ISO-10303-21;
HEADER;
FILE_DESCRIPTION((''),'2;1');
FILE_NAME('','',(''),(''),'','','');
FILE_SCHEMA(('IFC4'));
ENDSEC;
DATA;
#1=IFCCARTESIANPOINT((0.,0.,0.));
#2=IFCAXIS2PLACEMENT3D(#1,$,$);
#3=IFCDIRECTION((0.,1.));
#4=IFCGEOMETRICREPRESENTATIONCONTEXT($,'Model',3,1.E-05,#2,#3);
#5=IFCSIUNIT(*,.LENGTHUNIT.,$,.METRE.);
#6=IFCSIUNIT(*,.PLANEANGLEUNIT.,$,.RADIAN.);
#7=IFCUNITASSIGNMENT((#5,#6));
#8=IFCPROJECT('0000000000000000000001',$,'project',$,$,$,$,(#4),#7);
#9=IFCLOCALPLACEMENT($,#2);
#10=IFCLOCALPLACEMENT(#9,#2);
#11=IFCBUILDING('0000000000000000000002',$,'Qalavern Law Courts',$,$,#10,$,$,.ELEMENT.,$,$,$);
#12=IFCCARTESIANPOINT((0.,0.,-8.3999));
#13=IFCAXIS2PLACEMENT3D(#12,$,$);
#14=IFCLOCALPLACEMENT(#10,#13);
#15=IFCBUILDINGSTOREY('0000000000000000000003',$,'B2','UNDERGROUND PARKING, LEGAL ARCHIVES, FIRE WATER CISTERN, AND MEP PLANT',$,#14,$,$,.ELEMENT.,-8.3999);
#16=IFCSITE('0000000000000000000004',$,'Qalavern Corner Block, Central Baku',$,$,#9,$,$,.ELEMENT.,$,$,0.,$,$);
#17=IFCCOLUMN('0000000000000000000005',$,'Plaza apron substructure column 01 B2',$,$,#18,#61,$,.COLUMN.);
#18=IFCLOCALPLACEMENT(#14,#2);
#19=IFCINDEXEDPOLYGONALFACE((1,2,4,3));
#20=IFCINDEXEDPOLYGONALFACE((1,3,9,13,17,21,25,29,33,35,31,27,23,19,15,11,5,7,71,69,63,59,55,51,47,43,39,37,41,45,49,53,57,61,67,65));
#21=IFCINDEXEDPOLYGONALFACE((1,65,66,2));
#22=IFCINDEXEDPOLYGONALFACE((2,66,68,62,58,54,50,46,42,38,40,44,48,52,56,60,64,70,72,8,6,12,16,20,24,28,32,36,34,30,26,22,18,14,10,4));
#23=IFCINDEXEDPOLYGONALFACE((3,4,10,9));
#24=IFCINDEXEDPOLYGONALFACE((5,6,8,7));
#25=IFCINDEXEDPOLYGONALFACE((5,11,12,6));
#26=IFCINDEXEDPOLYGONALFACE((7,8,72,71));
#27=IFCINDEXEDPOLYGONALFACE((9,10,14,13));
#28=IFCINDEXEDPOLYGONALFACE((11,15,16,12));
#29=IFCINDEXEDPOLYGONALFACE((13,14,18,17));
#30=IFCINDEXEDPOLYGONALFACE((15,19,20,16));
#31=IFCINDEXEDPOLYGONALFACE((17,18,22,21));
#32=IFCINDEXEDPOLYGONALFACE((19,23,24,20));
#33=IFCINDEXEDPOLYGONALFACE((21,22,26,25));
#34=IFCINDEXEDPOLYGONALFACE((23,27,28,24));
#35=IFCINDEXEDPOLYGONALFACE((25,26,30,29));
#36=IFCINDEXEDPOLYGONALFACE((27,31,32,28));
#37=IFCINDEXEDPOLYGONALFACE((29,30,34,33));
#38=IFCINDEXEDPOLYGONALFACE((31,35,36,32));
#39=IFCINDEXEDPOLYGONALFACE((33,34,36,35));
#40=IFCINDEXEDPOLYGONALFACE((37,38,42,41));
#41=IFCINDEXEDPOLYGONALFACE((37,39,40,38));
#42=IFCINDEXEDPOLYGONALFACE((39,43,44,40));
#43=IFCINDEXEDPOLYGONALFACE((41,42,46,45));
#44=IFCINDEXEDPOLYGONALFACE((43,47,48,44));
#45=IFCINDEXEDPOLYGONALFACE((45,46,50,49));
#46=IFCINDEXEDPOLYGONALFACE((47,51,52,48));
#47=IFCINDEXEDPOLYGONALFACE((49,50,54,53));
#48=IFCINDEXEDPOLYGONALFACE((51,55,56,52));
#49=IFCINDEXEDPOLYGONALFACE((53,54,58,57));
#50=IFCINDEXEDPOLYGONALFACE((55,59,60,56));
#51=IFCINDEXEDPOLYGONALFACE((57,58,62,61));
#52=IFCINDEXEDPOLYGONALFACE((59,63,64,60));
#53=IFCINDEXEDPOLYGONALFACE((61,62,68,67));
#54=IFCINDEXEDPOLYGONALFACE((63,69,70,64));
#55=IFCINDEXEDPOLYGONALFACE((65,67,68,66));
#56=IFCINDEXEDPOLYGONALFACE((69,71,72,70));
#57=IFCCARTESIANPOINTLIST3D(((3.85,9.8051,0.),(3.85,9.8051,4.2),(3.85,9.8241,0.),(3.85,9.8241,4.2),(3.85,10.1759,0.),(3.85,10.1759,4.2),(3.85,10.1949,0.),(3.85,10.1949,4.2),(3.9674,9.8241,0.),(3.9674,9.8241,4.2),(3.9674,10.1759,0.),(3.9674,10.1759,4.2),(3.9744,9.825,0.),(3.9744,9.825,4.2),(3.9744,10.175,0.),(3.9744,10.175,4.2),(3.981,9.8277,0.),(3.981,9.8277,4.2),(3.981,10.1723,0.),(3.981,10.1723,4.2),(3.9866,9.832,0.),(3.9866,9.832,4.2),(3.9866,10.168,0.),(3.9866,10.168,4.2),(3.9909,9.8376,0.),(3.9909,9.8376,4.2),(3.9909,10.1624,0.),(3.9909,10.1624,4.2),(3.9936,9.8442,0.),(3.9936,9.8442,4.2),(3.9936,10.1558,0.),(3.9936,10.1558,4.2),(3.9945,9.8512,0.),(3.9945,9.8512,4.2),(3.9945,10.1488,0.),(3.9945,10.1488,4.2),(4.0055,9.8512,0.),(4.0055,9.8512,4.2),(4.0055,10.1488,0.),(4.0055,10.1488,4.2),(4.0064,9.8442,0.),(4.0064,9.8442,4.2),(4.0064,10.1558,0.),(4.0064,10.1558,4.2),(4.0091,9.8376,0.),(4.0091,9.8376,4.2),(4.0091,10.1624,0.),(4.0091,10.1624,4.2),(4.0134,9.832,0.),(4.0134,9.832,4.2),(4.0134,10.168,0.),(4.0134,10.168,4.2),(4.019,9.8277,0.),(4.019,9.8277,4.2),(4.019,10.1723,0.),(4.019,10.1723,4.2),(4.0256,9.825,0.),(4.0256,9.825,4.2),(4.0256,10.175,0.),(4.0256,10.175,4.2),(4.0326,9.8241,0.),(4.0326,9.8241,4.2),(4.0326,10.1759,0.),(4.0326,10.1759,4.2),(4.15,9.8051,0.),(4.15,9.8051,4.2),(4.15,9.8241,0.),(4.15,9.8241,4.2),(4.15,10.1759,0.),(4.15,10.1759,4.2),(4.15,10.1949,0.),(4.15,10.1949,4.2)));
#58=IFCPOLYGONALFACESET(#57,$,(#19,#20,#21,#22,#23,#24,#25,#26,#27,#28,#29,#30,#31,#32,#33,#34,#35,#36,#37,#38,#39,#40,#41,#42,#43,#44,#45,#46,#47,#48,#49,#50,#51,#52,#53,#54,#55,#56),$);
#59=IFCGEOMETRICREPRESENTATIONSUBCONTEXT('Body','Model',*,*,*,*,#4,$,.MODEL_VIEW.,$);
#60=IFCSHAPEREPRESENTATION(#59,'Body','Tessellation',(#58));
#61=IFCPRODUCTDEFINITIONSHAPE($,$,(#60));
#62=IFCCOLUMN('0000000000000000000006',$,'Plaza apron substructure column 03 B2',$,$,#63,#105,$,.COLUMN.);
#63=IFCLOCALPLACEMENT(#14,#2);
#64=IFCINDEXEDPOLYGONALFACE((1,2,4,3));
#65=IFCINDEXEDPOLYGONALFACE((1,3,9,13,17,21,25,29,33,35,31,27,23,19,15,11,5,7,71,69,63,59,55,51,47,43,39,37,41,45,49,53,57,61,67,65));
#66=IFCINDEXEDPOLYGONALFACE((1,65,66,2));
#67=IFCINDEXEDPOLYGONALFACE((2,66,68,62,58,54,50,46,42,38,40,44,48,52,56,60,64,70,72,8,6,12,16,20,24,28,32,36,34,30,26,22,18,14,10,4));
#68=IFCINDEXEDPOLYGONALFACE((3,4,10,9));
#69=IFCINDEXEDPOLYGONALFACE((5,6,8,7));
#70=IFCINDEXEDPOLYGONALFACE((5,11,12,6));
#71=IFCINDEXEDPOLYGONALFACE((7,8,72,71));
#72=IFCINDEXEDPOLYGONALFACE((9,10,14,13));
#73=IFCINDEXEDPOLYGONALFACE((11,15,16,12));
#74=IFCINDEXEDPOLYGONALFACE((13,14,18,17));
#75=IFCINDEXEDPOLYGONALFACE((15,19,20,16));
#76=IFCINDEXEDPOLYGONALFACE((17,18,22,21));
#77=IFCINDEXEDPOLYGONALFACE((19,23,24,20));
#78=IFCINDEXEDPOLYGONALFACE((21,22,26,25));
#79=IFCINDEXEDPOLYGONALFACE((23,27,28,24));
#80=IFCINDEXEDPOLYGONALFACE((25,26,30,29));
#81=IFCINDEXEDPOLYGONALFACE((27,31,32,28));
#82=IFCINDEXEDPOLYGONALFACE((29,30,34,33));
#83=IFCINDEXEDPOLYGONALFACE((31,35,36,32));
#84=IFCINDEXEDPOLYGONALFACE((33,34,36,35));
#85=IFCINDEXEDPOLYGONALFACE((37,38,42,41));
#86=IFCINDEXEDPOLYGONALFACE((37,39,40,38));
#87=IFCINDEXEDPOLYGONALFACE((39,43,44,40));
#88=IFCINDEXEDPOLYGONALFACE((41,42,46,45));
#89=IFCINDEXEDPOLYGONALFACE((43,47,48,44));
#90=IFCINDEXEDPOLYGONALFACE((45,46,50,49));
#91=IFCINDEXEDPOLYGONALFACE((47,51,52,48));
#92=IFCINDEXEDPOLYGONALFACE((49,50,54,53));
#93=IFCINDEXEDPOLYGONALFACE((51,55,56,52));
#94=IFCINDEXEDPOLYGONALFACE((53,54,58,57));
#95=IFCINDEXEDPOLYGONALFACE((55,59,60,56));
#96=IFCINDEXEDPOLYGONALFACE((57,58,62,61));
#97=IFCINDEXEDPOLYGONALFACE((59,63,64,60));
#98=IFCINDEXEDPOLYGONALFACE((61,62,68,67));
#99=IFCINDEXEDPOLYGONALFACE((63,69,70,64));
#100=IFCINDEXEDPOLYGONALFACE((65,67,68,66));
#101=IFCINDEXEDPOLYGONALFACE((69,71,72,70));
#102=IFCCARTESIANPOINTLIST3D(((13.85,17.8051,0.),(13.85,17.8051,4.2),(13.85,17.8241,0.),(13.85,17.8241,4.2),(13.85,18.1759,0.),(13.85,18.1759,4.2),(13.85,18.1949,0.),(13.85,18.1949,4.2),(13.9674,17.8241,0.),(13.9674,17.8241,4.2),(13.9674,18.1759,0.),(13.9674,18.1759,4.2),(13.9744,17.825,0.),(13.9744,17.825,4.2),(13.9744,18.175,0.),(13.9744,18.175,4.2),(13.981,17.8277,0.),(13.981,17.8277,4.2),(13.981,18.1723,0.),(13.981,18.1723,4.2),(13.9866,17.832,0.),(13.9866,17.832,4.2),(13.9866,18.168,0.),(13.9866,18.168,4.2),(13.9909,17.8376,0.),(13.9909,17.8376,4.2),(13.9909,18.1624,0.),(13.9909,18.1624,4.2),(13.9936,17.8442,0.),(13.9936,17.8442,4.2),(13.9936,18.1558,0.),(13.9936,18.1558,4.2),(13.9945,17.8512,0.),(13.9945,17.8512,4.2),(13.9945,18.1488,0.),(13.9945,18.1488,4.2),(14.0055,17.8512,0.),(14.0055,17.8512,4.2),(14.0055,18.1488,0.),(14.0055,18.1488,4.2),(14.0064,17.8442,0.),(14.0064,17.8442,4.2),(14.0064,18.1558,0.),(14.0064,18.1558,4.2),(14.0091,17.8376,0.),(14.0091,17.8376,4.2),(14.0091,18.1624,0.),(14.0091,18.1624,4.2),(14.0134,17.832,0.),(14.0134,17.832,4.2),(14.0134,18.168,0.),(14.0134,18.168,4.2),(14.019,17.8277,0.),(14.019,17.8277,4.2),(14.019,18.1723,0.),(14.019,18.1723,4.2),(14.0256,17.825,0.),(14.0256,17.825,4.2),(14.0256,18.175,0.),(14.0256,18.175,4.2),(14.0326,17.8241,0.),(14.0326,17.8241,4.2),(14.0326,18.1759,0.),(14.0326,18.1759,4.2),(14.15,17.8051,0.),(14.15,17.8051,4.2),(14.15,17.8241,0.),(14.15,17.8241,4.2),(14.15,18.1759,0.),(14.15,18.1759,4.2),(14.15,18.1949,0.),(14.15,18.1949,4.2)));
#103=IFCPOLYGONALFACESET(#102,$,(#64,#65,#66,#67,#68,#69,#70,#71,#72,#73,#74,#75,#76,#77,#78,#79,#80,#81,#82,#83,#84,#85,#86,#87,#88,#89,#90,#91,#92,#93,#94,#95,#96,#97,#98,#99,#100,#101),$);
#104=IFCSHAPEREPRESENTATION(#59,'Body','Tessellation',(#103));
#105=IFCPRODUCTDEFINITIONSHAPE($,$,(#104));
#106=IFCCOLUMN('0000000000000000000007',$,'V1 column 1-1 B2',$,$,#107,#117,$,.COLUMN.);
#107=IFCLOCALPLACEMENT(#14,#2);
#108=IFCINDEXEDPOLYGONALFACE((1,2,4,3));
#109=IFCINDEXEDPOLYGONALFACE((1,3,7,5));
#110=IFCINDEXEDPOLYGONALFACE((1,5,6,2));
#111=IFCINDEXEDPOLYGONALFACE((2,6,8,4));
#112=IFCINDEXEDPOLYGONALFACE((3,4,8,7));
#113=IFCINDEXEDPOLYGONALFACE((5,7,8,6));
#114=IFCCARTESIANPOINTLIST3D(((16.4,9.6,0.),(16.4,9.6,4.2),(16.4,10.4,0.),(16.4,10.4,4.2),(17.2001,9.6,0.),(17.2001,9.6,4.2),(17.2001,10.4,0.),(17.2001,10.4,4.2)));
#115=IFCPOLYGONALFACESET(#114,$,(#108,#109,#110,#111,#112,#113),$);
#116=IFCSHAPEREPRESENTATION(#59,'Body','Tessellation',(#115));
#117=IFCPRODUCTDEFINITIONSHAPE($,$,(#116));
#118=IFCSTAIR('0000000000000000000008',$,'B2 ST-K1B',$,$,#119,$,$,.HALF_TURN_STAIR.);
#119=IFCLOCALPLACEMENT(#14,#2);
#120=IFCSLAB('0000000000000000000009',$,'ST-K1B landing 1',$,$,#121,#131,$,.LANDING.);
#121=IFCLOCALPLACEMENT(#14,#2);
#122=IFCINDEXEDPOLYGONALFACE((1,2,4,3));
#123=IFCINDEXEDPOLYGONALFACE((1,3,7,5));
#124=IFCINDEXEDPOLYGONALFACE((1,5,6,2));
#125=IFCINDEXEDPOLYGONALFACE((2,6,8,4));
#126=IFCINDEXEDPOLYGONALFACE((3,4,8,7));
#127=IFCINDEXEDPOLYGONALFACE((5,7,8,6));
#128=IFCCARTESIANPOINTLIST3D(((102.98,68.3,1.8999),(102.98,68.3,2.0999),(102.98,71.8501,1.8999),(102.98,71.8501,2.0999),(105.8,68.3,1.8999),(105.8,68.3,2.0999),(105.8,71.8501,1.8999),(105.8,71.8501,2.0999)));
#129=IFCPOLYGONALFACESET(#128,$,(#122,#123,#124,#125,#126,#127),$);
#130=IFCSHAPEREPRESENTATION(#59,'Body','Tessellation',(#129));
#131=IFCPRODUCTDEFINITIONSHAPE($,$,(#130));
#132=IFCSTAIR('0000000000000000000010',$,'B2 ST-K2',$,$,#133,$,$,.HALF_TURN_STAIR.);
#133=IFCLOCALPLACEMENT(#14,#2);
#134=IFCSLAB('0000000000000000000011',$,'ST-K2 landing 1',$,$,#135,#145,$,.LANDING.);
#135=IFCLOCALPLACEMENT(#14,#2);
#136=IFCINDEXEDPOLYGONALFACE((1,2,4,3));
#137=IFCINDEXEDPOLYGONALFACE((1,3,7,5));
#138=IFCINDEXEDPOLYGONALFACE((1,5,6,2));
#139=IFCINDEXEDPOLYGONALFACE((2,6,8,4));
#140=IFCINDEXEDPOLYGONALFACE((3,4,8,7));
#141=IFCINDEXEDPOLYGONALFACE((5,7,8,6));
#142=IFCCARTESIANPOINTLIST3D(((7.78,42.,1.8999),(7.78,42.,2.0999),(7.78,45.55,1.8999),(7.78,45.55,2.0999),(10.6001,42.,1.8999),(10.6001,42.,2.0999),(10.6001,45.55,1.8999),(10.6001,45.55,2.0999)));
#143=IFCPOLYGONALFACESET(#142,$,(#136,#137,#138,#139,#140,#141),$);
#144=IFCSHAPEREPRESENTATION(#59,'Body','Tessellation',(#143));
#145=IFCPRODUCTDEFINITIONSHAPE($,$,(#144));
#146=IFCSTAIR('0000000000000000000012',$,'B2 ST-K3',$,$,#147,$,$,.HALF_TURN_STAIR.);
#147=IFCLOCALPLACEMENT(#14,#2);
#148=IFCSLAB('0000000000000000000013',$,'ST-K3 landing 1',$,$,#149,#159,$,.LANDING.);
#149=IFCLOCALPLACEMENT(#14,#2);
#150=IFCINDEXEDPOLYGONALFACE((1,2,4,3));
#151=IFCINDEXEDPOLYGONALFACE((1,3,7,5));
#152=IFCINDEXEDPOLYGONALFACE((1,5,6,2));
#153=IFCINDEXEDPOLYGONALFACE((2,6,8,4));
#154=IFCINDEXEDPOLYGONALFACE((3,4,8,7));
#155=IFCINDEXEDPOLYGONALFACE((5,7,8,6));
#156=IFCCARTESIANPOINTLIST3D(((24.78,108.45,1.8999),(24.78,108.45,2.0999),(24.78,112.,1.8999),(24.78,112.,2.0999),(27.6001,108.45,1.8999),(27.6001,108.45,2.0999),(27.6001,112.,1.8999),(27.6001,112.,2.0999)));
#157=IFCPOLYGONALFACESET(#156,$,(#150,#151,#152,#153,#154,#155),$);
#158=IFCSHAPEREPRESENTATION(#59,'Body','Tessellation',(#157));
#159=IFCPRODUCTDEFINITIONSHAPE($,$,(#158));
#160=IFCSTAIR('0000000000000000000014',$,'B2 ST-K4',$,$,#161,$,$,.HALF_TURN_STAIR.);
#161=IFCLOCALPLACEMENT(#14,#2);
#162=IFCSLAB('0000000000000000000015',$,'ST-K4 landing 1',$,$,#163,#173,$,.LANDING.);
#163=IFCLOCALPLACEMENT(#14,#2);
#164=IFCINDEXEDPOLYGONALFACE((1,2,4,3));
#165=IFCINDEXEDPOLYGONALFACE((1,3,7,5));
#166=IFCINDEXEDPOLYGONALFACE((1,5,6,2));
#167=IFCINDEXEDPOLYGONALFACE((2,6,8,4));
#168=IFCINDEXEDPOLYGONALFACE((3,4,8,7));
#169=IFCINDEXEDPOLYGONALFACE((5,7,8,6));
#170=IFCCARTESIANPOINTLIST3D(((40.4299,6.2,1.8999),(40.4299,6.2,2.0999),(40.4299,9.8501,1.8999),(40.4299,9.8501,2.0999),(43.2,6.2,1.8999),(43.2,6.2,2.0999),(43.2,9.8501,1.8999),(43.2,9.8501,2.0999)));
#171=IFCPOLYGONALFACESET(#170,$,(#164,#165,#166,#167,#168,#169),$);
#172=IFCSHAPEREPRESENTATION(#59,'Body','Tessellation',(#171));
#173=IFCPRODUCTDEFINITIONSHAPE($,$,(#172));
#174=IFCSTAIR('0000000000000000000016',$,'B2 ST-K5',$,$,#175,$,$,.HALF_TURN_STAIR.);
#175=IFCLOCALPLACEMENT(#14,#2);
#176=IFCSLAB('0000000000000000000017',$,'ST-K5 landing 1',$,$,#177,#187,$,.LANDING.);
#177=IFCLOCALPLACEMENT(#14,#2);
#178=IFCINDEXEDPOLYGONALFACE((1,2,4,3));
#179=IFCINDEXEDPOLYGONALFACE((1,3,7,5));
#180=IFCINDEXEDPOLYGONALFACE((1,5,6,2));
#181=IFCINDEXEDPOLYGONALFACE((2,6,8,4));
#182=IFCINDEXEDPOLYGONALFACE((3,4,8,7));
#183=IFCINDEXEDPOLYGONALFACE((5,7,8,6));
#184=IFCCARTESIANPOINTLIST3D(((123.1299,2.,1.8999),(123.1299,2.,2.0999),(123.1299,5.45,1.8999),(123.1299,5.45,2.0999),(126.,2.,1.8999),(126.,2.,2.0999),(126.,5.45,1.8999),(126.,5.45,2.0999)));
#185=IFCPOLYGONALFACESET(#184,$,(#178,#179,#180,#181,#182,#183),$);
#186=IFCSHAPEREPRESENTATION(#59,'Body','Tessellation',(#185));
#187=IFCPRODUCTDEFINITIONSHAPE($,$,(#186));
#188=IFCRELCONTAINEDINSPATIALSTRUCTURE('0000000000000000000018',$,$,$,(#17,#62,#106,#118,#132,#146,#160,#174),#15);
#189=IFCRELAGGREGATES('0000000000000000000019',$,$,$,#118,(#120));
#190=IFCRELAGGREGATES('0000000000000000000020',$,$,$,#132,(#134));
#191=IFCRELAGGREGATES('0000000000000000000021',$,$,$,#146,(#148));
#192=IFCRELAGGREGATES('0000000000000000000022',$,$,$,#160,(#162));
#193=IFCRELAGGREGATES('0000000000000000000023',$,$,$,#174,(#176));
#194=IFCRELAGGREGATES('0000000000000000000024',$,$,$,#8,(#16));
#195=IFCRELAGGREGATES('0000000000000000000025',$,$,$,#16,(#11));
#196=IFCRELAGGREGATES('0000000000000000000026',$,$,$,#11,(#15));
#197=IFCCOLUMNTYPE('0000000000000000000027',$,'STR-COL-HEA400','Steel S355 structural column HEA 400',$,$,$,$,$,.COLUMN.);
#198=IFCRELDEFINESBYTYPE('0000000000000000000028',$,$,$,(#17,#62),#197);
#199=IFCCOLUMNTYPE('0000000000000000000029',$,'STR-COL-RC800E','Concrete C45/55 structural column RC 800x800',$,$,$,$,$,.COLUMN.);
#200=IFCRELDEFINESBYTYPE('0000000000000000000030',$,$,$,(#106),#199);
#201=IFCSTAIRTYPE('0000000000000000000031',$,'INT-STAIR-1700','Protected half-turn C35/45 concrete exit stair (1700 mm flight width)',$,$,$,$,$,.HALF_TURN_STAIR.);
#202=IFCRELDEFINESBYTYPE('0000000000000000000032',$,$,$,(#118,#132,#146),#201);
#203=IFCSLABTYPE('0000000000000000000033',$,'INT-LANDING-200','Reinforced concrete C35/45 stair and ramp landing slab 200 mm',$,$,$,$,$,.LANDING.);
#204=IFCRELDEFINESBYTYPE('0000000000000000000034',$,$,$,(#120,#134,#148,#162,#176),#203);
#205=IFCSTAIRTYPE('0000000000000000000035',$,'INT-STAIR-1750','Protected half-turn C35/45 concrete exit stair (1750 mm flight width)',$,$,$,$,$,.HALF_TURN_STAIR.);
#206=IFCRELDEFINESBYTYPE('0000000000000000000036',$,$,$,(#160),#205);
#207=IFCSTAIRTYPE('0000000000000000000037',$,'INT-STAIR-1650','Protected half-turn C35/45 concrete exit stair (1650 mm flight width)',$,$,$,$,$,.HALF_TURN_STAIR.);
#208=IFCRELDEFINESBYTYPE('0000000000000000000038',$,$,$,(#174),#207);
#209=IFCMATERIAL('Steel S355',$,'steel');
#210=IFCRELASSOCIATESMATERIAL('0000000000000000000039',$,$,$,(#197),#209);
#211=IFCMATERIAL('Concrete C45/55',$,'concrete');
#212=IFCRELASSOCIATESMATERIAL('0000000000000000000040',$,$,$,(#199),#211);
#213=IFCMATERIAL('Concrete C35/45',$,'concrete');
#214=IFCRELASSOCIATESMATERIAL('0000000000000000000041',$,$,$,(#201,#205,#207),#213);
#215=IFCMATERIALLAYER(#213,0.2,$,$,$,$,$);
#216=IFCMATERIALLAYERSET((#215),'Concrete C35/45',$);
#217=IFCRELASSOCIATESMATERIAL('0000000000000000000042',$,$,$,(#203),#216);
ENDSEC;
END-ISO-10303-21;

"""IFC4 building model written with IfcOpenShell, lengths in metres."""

from ifc_helpers import new_model, si_unit, direction, frame, origin, origin_2d, place, context, subcontext, project, spatial, polyline, rectangle, i_section, outline, extrude, material, layer, layer_set, material_profile, profile_set, type_object, element, aggregate, save


model = new_model("IFC4")

# Units and contexts
model_context = context("Model", 3, precision=1e-05, world=origin(), true_north=direction((0.0, 1.0)))
body_context = subcontext(model_context, "Body", "Model", "MODEL_VIEW")
ifc_project = project(units=[si_unit("LENGTHUNIT", "METRE"), si_unit("PLANEANGLEUNIT", "RADIAN")], contexts=[model_context])

# Site, building, storey
site_placement = place(None, origin())
site = spatial("IfcSite", under=ifc_project, at=site_placement, Name="Qalavern Corner Block, Central Baku", CompositionType="ELEMENT", RefElevation=0.0)
building_placement = place(site_placement, origin())
building = spatial("IfcBuilding", under=site, at=building_placement, Name="Qalavern Law Courts", CompositionType="ELEMENT")
storey_placement = place(building_placement, frame((0.0, 0.0, -8.3999)))
storey = spatial("IfcBuildingStorey", under=building, at=storey_placement, Name="B2", Description="UNDERGROUND PARKING, LEGAL ARCHIVES, FIRE WATER CISTERN, AND MEP PLANT", CompositionType="ELEMENT", Elevation=-8.3999)

# Shared definitions
ifc_material_1 = material(Name="Concrete C35/45", Category="concrete")

# Columns
ifc_material_2 = material(Name="Steel S355", Category="steel")
ifc_material_profile_1 = material_profile(ifc_material_2, i_section(OverallWidth=0.3, OverallDepth=0.3899, WebThickness=0.011, FlangeThickness=0.019, FilletRadius=0.0271, at=origin_2d()), Name="HEA 400")
ifc_profile_set_1 = profile_set([ifc_material_profile_1], Name="Steel S355")
column_type_1 = type_object("IfcColumnType", Name="STR-COL-HEA400", Description="Steel S355 structural column HEA 400", PredefinedType="COLUMN", material=ifc_profile_set_1)
for number, where, z_axis, x_axis, name in (
    (1, (4.0, 10.0, 0.0), (0.0, 0.0, 1.0), (1.0, 0.0, 0.0), "Plaza apron substructure column 01 B2"),
    (2, (14.0, 18.0, 0.0), (0.0, 0.0, 1.0), (1.0, 0.0, 0.0), "Plaza apron substructure column 03 B2"),
):
    element("IfcColumn", number, at=place(storey_placement, frame(where, z_axis=z_axis, x_axis=x_axis)), inside=storey, type_object=column_type_1, Name=name, PredefinedType="COLUMN", context=body_context, shape_type="SweptSolid", body=[
        extrude(i_section(OverallWidth=0.3, OverallDepth=0.3899, WebThickness=0.011, FlangeThickness=0.019, FilletRadius=0.0271, at=origin_2d()), origin(), (0.0, 0.0, 1.0), 4.2),
    ])
ifc_material_3 = material(Name="Concrete C45/55", Category="concrete")
ifc_material_profile_2 = material_profile(ifc_material_3, rectangle(XDim=0.8, YDim=0.8, at=origin_2d()), Name="RC 800x800")
ifc_profile_set_2 = profile_set([ifc_material_profile_2], Name="Concrete C45/55")
column_type_2 = type_object("IfcColumnType", Name="STR-COL-RC800E", Description="Concrete C45/55 structural column RC 800x800", PredefinedType="COLUMN", material=ifc_profile_set_2)
column_placement = place(storey_placement, frame((16.8, 10.0, 0.0), z_axis=(0.0, 0.0, 1.0), x_axis=(1.0, 0.0, 0.0)))
element("IfcColumn", 3, at=column_placement, inside=storey, type_object=column_type_2, Name="V1 column 1-1 B2", PredefinedType="COLUMN", context=body_context, shape_type="SweptSolid", body=[
    extrude(rectangle(XDim=0.8, YDim=0.8, at=origin_2d()), origin(), (0.0, 0.0, 1.0), 4.2),
])

# Stairs, slabs
stair_type_1 = type_object("IfcStairType", Name="INT-STAIR-1700", Description="Protected half-turn C35/45 concrete exit stair (1700 mm flight width)", PredefinedType="HALF_TURN_STAIR", material=ifc_material_1)
stair_1_placement = place(storey_placement, origin())
stair_1 = element("IfcStair", 4, at=stair_1_placement, inside=storey, type_object=stair_type_1, Name="B2 ST-K1B", PredefinedType="HALF_TURN_STAIR")
ifc_layer_1 = layer(ifc_material_1, 0.2)
ifc_layer_set_1 = layer_set([ifc_layer_1], Name="Concrete C35/45")
slab_type = type_object("IfcSlabType", Name="INT-LANDING-200", Description="Reinforced concrete C35/45 stair and ramp landing slab 200 mm", PredefinedType="LANDING", material=ifc_layer_set_1)
slab_1_placement = place(storey_placement, frame((0.0, 0.0, 1.8999)))
slab_1 = element("IfcSlab", 5, at=slab_1_placement, type_object=slab_type, Name="ST-K1B landing 1", PredefinedType="LANDING", context=body_context, shape_type="SweptSolid", body=[
    extrude(outline(polyline([(102.98, 68.3), (105.8, 68.3), (105.8, 71.8501), (102.98, 71.8501), (102.98, 68.3)])), origin(), (0.0, 0.0, 1.0), 0.2),
])
aggregate(stair_1, [slab_1])
stair_2_placement = place(storey_placement, origin())
stair_2 = element("IfcStair", 6, at=stair_2_placement, inside=storey, type_object=stair_type_1, Name="B2 ST-K2", PredefinedType="HALF_TURN_STAIR")
slab_2_placement = place(storey_placement, frame((0.0, 0.0, 1.8999)))
slab_2 = element("IfcSlab", 7, at=slab_2_placement, type_object=slab_type, Name="ST-K2 landing 1", PredefinedType="LANDING", context=body_context, shape_type="SweptSolid", body=[
    extrude(outline(polyline([(7.78, 42.0), (10.6001, 42.0), (10.6001, 45.55), (7.78, 45.55), (7.78, 42.0)])), origin(), (0.0, 0.0, 1.0), 0.2),
])
aggregate(stair_2, [slab_2])
stair_3_placement = place(storey_placement, origin())
stair_3 = element("IfcStair", 8, at=stair_3_placement, inside=storey, type_object=stair_type_1, Name="B2 ST-K3", PredefinedType="HALF_TURN_STAIR")
slab_3_placement = place(storey_placement, frame((0.0, 0.0, 1.8999)))
slab_3 = element("IfcSlab", 9, at=slab_3_placement, type_object=slab_type, Name="ST-K3 landing 1", PredefinedType="LANDING", context=body_context, shape_type="SweptSolid", body=[
    extrude(outline(polyline([(24.78, 108.45), (27.6001, 108.45), (27.6001, 112.0), (24.78, 112.0), (24.78, 108.45)])), origin(), (0.0, 0.0, 1.0), 0.2),
])
aggregate(stair_3, [slab_3])
stair_type_2 = type_object("IfcStairType", Name="INT-STAIR-1750", Description="Protected half-turn C35/45 concrete exit stair (1750 mm flight width)", PredefinedType="HALF_TURN_STAIR", material=ifc_material_1)
stair_4_placement = place(storey_placement, origin())
stair_4 = element("IfcStair", 10, at=stair_4_placement, inside=storey, type_object=stair_type_2, Name="B2 ST-K4", PredefinedType="HALF_TURN_STAIR")
slab_4_placement = place(storey_placement, frame((0.0, 0.0, 1.8999)))
slab_4 = element("IfcSlab", 11, at=slab_4_placement, type_object=slab_type, Name="ST-K4 landing 1", PredefinedType="LANDING", context=body_context, shape_type="SweptSolid", body=[
    extrude(outline(polyline([(40.4299, 6.2), (43.2, 6.2), (43.2, 9.8501), (40.4299, 9.8501), (40.4299, 6.2)])), origin(), (0.0, 0.0, 1.0), 0.2),
])
aggregate(stair_4, [slab_4])
stair_type_3 = type_object("IfcStairType", Name="INT-STAIR-1650", Description="Protected half-turn C35/45 concrete exit stair (1650 mm flight width)", PredefinedType="HALF_TURN_STAIR", material=ifc_material_1)
stair_5_placement = place(storey_placement, origin())
stair_5 = element("IfcStair", 12, at=stair_5_placement, inside=storey, type_object=stair_type_3, Name="B2 ST-K5", PredefinedType="HALF_TURN_STAIR")
slab_5_placement = place(storey_placement, frame((0.0, 0.0, 1.8999)))
slab_5 = element("IfcSlab", 13, at=slab_5_placement, type_object=slab_type, Name="ST-K5 landing 1", PredefinedType="LANDING", context=body_context, shape_type="SweptSolid", body=[
    extrude(outline(polyline([(123.1299, 2.0), (126.0, 2.0), (126.0, 5.45), (123.1299, 5.45), (123.1299, 2.0)])), origin(), (0.0, 0.0, 1.0), 0.2),
])
aggregate(stair_5, [slab_5])

save(model, "model.ifc")
